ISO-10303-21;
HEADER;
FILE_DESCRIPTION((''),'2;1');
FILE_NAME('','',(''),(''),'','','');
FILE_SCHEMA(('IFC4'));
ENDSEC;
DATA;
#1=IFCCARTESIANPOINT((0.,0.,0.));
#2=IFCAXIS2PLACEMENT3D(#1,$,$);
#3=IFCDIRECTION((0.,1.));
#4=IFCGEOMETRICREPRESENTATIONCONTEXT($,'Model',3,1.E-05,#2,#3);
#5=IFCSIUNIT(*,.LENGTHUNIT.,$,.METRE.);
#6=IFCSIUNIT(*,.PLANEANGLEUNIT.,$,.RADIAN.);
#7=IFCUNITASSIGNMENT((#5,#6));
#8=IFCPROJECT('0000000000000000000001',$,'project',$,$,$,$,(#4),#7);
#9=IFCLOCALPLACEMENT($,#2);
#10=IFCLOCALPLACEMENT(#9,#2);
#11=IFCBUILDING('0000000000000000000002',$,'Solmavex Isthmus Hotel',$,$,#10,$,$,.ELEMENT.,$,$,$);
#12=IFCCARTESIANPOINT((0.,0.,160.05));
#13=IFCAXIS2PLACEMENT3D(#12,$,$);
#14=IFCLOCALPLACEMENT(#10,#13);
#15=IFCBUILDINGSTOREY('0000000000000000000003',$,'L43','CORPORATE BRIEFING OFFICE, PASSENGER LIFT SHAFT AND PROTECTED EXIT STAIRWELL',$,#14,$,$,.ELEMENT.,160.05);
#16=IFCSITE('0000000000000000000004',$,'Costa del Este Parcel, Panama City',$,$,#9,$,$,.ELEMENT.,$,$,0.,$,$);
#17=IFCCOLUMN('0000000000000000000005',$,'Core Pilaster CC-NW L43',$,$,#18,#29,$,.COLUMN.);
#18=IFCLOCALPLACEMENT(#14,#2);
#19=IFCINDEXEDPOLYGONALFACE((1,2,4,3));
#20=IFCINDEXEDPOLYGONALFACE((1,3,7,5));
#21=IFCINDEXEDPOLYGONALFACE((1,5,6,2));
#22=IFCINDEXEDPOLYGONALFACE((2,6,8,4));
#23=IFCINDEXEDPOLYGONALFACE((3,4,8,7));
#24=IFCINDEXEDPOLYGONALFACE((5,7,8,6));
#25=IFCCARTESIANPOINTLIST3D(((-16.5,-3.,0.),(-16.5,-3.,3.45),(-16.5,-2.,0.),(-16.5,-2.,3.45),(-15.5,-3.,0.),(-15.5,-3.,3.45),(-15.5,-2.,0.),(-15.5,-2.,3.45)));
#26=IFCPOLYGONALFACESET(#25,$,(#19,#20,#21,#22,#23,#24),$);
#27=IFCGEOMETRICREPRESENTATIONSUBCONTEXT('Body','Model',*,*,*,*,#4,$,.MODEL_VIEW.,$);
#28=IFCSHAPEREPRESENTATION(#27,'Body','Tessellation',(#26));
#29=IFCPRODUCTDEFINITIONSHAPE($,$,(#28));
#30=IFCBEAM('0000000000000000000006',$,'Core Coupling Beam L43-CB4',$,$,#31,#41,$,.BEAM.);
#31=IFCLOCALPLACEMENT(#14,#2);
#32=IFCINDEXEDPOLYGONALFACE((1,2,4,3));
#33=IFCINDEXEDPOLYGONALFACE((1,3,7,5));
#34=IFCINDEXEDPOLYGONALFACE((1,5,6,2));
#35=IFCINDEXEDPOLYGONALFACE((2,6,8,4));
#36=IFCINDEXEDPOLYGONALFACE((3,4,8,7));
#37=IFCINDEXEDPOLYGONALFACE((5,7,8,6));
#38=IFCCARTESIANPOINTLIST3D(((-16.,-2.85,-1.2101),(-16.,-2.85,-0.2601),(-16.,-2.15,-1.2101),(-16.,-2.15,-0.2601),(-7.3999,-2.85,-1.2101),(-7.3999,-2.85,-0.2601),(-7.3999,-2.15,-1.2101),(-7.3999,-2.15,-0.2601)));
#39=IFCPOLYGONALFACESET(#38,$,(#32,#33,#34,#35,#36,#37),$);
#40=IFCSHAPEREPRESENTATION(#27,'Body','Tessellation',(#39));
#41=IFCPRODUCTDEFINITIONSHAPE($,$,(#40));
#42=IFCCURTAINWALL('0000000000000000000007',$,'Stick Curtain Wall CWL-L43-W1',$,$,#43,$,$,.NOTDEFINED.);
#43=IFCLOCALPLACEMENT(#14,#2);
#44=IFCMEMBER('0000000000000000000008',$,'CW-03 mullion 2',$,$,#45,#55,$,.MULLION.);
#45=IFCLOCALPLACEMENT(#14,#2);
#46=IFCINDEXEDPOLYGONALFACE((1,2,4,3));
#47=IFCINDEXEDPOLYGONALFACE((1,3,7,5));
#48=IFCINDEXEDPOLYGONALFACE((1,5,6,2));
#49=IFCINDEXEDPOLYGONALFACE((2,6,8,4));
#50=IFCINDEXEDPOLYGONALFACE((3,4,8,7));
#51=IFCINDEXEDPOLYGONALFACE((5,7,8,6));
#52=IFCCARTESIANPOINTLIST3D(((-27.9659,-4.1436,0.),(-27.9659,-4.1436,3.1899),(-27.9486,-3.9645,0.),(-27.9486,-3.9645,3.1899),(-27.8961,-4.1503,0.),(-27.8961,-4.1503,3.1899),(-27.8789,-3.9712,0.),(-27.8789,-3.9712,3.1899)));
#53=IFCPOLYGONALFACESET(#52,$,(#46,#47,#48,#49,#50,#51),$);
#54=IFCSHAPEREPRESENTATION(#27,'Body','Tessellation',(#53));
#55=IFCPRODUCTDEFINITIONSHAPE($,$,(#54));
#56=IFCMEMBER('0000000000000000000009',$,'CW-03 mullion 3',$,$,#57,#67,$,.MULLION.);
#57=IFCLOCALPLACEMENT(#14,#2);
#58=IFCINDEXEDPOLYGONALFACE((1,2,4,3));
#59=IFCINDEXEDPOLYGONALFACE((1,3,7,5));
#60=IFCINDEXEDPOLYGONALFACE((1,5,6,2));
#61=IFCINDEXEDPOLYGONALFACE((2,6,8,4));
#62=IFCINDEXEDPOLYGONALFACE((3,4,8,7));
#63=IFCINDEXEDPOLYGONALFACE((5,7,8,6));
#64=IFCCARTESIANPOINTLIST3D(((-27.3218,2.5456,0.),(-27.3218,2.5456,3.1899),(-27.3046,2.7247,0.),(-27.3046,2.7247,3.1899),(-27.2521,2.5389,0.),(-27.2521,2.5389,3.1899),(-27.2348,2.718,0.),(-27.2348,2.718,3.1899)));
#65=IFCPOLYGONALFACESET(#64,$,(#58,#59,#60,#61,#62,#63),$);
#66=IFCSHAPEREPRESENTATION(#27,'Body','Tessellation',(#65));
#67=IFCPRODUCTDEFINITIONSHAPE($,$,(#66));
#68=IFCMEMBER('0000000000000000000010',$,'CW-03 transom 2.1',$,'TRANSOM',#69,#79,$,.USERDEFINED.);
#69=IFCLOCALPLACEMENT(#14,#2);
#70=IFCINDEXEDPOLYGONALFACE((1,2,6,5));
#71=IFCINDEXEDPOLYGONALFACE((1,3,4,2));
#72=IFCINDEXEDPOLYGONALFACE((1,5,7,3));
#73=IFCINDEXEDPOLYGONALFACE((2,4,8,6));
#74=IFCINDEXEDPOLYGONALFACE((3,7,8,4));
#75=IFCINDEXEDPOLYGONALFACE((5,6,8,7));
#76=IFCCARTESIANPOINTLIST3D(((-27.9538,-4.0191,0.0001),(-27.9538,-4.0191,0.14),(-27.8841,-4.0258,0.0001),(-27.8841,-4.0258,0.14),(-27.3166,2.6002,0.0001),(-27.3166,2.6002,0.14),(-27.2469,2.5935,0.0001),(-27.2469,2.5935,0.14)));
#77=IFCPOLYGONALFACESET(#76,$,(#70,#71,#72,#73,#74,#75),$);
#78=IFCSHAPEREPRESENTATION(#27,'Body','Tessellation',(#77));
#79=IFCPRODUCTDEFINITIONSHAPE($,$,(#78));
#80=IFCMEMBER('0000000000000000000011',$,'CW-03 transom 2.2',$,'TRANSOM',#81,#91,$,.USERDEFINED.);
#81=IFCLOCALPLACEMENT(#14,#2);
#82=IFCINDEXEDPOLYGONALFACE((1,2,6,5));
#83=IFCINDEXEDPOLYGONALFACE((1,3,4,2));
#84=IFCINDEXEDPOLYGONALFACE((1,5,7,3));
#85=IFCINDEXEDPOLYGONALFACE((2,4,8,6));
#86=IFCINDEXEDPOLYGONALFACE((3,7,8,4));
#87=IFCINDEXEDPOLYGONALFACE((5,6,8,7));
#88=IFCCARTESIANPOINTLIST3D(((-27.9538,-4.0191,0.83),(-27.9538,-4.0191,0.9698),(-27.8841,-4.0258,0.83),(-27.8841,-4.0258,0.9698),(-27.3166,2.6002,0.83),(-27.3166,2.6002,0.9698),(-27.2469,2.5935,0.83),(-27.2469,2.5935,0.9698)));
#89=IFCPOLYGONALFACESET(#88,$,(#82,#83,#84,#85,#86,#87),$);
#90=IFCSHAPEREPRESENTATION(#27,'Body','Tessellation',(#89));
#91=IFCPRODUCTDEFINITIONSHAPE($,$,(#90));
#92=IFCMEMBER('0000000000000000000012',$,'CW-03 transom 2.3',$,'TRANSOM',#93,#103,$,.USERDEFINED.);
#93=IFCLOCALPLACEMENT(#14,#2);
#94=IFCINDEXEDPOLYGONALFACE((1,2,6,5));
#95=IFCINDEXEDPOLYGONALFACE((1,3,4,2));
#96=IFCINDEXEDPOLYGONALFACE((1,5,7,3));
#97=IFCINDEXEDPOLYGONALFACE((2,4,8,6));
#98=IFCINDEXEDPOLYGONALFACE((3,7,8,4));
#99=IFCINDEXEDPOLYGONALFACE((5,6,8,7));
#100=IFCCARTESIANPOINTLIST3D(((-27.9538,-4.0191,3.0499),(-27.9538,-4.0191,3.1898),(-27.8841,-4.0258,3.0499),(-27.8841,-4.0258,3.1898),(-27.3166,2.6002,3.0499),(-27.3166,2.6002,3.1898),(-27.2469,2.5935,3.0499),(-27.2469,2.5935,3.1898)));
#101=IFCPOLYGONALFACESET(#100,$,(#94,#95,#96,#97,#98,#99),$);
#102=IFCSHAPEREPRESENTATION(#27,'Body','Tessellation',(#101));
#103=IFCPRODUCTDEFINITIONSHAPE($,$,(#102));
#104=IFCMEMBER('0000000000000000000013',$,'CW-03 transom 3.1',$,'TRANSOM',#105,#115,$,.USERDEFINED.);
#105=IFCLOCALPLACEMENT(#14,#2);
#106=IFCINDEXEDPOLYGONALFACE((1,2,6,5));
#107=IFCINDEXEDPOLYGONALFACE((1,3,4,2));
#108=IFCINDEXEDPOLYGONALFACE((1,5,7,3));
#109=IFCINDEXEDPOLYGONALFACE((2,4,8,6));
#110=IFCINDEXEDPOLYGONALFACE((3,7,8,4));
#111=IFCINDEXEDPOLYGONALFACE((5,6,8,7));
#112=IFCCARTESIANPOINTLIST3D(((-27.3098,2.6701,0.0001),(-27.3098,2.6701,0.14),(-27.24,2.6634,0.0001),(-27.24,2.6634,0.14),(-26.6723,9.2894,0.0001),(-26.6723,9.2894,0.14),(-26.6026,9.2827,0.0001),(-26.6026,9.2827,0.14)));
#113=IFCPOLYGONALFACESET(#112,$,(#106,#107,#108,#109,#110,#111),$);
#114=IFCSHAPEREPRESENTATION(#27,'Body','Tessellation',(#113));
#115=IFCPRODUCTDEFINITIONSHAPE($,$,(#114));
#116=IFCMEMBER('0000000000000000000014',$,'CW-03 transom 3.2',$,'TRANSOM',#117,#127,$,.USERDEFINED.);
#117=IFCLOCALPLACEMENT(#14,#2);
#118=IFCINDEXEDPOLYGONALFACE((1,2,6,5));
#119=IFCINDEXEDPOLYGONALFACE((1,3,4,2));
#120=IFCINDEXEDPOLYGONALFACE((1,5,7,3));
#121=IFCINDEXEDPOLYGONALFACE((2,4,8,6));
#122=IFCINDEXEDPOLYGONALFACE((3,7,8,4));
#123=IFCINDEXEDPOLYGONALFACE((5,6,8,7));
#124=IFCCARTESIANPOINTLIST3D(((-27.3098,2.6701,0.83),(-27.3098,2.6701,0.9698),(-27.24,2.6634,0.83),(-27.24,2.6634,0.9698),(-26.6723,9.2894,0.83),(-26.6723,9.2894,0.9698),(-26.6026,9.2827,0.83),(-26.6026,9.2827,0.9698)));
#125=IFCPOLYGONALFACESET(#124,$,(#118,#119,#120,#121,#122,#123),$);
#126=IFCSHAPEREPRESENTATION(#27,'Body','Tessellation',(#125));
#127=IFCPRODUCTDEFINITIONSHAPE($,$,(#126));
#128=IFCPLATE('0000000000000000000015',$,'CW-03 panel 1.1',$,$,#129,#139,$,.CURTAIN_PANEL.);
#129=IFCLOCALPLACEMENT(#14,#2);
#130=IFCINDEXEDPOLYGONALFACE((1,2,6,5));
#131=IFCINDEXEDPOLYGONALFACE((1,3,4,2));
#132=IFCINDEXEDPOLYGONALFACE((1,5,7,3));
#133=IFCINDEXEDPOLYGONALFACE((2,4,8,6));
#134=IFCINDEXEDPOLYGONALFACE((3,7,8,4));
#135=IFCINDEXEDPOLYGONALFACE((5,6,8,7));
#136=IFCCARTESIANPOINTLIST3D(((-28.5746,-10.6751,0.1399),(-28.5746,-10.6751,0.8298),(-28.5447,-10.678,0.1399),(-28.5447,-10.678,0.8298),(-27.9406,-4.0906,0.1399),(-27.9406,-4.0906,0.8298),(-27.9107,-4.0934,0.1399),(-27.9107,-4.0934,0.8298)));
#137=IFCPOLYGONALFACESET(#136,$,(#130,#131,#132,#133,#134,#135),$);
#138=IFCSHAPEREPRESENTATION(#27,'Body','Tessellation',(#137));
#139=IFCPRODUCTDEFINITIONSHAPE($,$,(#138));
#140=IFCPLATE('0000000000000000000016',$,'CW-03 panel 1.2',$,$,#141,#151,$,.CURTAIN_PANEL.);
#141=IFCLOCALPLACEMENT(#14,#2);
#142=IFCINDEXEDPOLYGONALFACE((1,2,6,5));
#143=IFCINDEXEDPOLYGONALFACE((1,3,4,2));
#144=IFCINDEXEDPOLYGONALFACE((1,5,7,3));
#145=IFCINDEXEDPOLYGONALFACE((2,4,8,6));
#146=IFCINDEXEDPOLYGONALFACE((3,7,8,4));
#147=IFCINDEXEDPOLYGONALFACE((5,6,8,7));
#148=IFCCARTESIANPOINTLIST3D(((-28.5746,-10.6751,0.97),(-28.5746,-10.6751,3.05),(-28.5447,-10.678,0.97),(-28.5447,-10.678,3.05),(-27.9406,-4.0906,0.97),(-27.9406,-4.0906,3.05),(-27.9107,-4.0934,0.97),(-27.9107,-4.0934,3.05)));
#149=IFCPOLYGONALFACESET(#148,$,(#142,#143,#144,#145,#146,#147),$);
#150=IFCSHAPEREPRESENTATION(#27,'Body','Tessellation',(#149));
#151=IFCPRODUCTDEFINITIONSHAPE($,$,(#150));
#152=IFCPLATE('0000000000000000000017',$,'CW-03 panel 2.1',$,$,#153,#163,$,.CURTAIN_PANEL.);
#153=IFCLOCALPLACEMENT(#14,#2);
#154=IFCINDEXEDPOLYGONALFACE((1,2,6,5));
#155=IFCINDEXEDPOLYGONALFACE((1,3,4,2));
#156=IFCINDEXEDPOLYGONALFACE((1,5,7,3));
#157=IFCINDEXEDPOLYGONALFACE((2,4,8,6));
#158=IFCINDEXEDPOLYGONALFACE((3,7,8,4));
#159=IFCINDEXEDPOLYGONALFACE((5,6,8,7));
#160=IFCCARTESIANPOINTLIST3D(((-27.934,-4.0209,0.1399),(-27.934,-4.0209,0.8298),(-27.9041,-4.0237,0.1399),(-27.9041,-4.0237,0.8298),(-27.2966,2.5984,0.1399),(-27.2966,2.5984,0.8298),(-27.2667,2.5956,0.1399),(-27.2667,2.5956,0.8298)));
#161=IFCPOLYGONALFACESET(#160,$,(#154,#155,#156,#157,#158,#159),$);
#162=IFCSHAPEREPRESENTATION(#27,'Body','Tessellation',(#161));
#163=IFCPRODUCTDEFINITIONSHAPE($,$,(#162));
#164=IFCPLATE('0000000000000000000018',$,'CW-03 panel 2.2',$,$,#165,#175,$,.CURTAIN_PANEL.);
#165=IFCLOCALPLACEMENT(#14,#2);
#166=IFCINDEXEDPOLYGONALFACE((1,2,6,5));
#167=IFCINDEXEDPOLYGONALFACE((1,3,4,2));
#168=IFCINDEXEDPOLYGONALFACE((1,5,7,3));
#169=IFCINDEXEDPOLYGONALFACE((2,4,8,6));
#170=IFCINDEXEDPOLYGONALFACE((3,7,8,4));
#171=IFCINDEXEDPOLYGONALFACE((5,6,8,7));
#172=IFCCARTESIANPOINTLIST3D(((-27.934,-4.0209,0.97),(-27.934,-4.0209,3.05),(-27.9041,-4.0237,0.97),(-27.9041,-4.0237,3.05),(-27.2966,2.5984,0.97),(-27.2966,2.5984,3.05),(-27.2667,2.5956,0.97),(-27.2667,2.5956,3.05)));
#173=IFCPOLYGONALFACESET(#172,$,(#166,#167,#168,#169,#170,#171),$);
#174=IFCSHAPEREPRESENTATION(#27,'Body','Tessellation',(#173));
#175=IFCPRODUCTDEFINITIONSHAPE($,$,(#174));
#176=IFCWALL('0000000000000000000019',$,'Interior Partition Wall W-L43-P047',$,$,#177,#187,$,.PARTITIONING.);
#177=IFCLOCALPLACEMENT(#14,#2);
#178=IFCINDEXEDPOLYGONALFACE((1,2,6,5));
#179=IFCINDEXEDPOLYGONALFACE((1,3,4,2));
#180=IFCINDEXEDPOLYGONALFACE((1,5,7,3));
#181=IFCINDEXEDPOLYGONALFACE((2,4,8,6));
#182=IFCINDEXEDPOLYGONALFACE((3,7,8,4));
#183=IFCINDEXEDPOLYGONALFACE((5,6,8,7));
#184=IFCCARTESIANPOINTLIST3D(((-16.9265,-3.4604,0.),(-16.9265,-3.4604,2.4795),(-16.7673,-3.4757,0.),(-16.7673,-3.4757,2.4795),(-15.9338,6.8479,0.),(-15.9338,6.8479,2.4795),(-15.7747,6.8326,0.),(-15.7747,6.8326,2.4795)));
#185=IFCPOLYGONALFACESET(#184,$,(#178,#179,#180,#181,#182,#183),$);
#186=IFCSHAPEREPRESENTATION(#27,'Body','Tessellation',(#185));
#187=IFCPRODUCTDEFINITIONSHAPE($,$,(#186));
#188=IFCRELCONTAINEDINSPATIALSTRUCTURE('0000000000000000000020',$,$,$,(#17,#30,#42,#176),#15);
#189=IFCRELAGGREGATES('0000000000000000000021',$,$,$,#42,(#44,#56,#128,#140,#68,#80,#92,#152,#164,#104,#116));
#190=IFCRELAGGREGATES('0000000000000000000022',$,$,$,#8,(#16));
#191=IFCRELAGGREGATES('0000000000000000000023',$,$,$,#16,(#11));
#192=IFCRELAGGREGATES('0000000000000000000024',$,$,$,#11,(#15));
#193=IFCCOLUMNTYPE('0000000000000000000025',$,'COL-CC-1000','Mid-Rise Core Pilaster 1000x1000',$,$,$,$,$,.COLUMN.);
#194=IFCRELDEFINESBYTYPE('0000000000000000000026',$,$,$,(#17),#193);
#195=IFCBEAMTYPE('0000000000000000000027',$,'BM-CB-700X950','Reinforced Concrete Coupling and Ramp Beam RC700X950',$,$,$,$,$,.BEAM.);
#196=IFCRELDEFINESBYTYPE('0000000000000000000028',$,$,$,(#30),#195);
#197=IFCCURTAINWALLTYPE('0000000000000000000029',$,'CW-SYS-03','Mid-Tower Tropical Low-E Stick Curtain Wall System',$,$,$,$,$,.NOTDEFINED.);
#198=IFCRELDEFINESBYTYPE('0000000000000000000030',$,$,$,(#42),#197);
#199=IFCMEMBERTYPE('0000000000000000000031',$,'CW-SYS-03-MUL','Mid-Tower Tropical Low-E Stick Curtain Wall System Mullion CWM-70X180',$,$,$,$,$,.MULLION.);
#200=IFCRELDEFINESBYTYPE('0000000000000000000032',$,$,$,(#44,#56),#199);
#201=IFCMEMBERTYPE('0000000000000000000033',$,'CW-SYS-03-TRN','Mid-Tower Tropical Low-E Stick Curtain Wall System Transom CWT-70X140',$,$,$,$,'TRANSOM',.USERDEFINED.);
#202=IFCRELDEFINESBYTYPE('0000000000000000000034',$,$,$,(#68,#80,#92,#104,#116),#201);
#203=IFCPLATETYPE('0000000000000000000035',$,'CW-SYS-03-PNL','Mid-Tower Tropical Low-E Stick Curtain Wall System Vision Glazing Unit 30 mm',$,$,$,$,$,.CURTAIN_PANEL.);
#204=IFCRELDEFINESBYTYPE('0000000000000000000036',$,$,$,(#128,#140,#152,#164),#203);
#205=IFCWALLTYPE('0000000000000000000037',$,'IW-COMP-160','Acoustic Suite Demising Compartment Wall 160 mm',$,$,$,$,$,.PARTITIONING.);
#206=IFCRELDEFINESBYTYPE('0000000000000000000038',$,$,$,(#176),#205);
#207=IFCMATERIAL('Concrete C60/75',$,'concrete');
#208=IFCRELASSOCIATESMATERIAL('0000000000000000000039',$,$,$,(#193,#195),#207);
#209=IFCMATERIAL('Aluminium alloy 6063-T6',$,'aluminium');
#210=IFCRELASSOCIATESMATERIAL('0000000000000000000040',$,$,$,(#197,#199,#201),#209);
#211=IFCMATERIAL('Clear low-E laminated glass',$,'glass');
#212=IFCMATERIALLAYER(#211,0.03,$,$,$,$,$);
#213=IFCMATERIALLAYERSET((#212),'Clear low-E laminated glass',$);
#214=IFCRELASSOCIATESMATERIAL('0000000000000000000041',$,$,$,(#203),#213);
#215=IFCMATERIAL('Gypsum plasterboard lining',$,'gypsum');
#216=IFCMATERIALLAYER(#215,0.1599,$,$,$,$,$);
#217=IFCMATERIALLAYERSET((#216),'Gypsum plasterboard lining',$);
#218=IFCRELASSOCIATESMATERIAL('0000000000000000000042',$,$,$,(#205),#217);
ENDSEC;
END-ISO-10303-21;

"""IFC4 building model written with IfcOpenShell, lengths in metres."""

from ifc_helpers import new_model, si_unit, direction, frame, frame_2d, origin, origin_2d, place, context, subcontext, project, spatial, rectangle, extrude, material, layer, layer_set, material_profile, profile_set, type_object, element, aggregate, save


model = new_model("IFC4")

# Units and contexts
model_context = context("Model", 3, precision=1e-05, world=origin(), true_north=direction((0.0, 1.0)))
body_context = subcontext(model_context, "Body", "Model", "MODEL_VIEW")
ifc_project = project(units=[si_unit("LENGTHUNIT", "METRE"), si_unit("PLANEANGLEUNIT", "RADIAN")], contexts=[model_context])

# Site, building, storey
site_placement = place(None, origin())
site = spatial("IfcSite", under=ifc_project, at=site_placement, Name="Costa del Este Parcel, Panama City", CompositionType="ELEMENT", RefElevation=0.0)
building_placement = place(site_placement, origin())
building = spatial("IfcBuilding", under=site, at=building_placement, Name="Solmavex Isthmus Hotel", CompositionType="ELEMENT")
storey_placement = place(building_placement, frame((0.0, 0.0, 160.05)))
storey = spatial("IfcBuildingStorey", under=building, at=storey_placement, Name="L43", Description="CORPORATE BRIEFING OFFICE, PASSENGER LIFT SHAFT AND PROTECTED EXIT STAIRWELL", CompositionType="ELEMENT", Elevation=160.05)

# Column
ifc_material_1 = material(Name="Concrete C60/75", Category="concrete")
ifc_material_profile_1 = material_profile(ifc_material_1, rectangle(XDim=1.0, YDim=1.0, at=origin_2d()), Name="RC1000X1000")
ifc_profile_set_1 = profile_set([ifc_material_profile_1], Name="Concrete C60/75")
column_type = type_object("IfcColumnType", Name="COL-CC-1000", Description="Mid-Rise Core Pilaster 1000x1000", PredefinedType="COLUMN", material=ifc_profile_set_1)
column_placement = place(storey_placement, frame((-16.0, -2.5, 0.0), z_axis=(0.0, 0.0, 1.0), x_axis=(1.0, 0.0, 0.0)))
element("IfcColumn", 1, at=column_placement, inside=storey, type_object=column_type, Name="Core Pilaster CC-NW L43", PredefinedType="COLUMN", context=body_context, shape_type="SweptSolid", body=[
    extrude(rectangle(XDim=1.0, YDim=1.0, at=origin_2d()), origin(), (0.0, 0.0, 1.0), 3.45),
])

# Beam
ifc_material_profile_2 = material_profile(ifc_material_1, rectangle(XDim=0.7, YDim=0.95, at=origin_2d()), Name="RC700X950")
ifc_profile_set_2 = profile_set([ifc_material_profile_2], Name="Concrete C60/75")
beam_type = type_object("IfcBeamType", Name="BM-CB-700X950", Description="Reinforced Concrete Coupling and Ramp Beam RC700X950", PredefinedType="BEAM", material=ifc_profile_set_2)
beam_placement = place(storey_placement, frame((-16.0, -2.5, -0.7351), z_axis=(1.0, 0.0, 0.0), x_axis=(0.0, 1.0, 0.0)))
element("IfcBeam", 2, at=beam_placement, inside=storey, type_object=beam_type, Name="Core Coupling Beam L43-CB4", PredefinedType="BEAM", context=body_context, shape_type="SweptSolid", body=[
    extrude(rectangle(XDim=0.7, YDim=0.95, at=origin_2d()), origin(), (0.0, 0.0, 1.0), 8.6001),
])

# Curtain wall, members, plates
ifc_material_2 = material(Name="Aluminium alloy 6063-T6", Category="aluminium")
curtain_wall_type = type_object("IfcCurtainWallType", Name="CW-SYS-03", Description="Mid-Tower Tropical Low-E Stick Curtain Wall System", PredefinedType="NOTDEFINED", material=ifc_material_2)
curtain_wall_placement = place(storey_placement, origin())
curtain_wall = element("IfcCurtainWall", 3, at=curtain_wall_placement, inside=storey, type_object=curtain_wall_type, Name="Stick Curtain Wall CWL-L43-W1", PredefinedType="NOTDEFINED")
ifc_material_profile_3 = material_profile(ifc_material_2, rectangle(XDim=0.0701, YDim=0.1799, at=origin_2d()), Name="CWM-70X180")
ifc_profile_set_3 = profile_set([ifc_material_profile_3], Name="Aluminium alloy 6063-T6")
member_type_1 = type_object("IfcMemberType", Name="CW-SYS-03-MUL", Description="Mid-Tower Tropical Low-E Stick Curtain Wall System Mullion CWM-70X180", PredefinedType="MULLION", material=ifc_profile_set_3)
member_1_placement = place(storey_placement, frame((-27.9224, -4.0574, 0.0), z_axis=(0.0, 0.0, 1.0), x_axis=(-0.995396, 0.095846, 0.0)))
member_1 = element("IfcMember", 4, at=member_1_placement, type_object=member_type_1, Name="CW-03 mullion 2", PredefinedType="MULLION", context=body_context, shape_type="SweptSolid", body=[
    extrude(rectangle(XDim=0.0701, YDim=0.1799, at=origin_2d()), origin(), (0.0, 0.0, 1.0), 3.1899),
])
member_2_placement = place(storey_placement, frame((-27.2783, 2.6318, 0.0), z_axis=(0.0, 0.0, 1.0), x_axis=(-0.995396, 0.095846, 0.0)))
member_2 = element("IfcMember", 5, at=member_2_placement, type_object=member_type_1, Name="CW-03 mullion 3", PredefinedType="MULLION", context=body_context, shape_type="SweptSolid", body=[
    extrude(rectangle(XDim=0.0701, YDim=0.1799, at=origin_2d()), origin(), (0.0, 0.0, 1.0), 3.1899),
])
ifc_material_profile_4 = material_profile(ifc_material_2, rectangle(XDim=0.0701, YDim=0.1399, at=origin_2d()), Name="CWT-70X140")
ifc_profile_set_4 = profile_set([ifc_material_profile_4], Name="Aluminium alloy 6063-T6")
member_type_2 = type_object("IfcMemberType", Name="CW-SYS-03-TRN", Description="Mid-Tower Tropical Low-E Stick Curtain Wall System Transom CWT-70X140", ElementType="TRANSOM", PredefinedType="USERDEFINED", material=ifc_profile_set_4)
member_3_placement = place(storey_placement, frame((-27.9189, -4.0225, 0.0701), z_axis=(0.095821, 0.995399, 0.0), x_axis=(-0.995399, 0.095821, 0.0)))
member_3 = element("IfcMember", 6, at=member_3_placement, type_object=member_type_2, Name="CW-03 transom 2.1", ObjectType="TRANSOM", PredefinedType="USERDEFINED", context=body_context, shape_type="SweptSolid", body=[
    extrude(rectangle(XDim=0.0701, YDim=0.1399, at=origin_2d()), origin(), (0.0, 0.0, 1.0), 6.6499),
])
member_4_placement = place(storey_placement, frame((-27.9189, -4.0225, 0.8999), z_axis=(0.095821, 0.995399, 0.0), x_axis=(-0.995399, 0.095821, 0.0)))
member_4 = element("IfcMember", 7, at=member_4_placement, type_object=member_type_2, Name="CW-03 transom 2.2", ObjectType="TRANSOM", PredefinedType="USERDEFINED", context=body_context, shape_type="SweptSolid", body=[
    extrude(rectangle(XDim=0.0701, YDim=0.1399, at=origin_2d()), origin(), (0.0, 0.0, 1.0), 6.6499),
])
member_5_placement = place(storey_placement, frame((-27.9189, -4.0225, 3.1199), z_axis=(0.095821, 0.995399, 0.0), x_axis=(-0.995399, 0.095821, 0.0)))
member_5 = element("IfcMember", 8, at=member_5_placement, type_object=member_type_2, Name="CW-03 transom 2.3", ObjectType="TRANSOM", PredefinedType="USERDEFINED", context=body_context, shape_type="SweptSolid", body=[
    extrude(rectangle(XDim=0.0701, YDim=0.1399, at=origin_2d()), origin(), (0.0, 0.0, 1.0), 6.6499),
])
member_6_placement = place(storey_placement, frame((-27.2749, 2.6667, 0.0701), z_axis=(0.095857, 0.995395, 0.0), x_axis=(-0.995395, 0.095857, 0.0)))
member_6 = element("IfcMember", 9, at=member_6_placement, type_object=member_type_2, Name="CW-03 transom 3.1", ObjectType="TRANSOM", PredefinedType="USERDEFINED", context=body_context, shape_type="SweptSolid", body=[
    extrude(rectangle(XDim=0.0701, YDim=0.1399, at=origin_2d()), origin(), (0.0, 0.0, 1.0), 6.6499),
])
member_7_placement = place(storey_placement, frame((-27.2749, 2.6667, 0.8999), z_axis=(0.095857, 0.995395, 0.0), x_axis=(-0.995395, 0.095857, 0.0)))
member_7 = element("IfcMember", 10, at=member_7_placement, type_object=member_type_2, Name="CW-03 transom 3.2", ObjectType="TRANSOM", PredefinedType="USERDEFINED", context=body_context, shape_type="SweptSolid", body=[
    extrude(rectangle(XDim=0.0701, YDim=0.1399, at=origin_2d()), origin(), (0.0, 0.0, 1.0), 6.6499),
])
ifc_material_3 = material(Name="Clear low-E laminated glass", Category="glass")
ifc_layer_1 = layer(ifc_material_3, 0.03)
ifc_layer_set_1 = layer_set([ifc_layer_1], Name="Clear low-E laminated glass")
plate_type = type_object("IfcPlateType", Name="CW-SYS-03-PNL", Description="Mid-Tower Tropical Low-E Stick Curtain Wall System Vision Glazing Unit 30 mm", PredefinedType="CURTAIN_PANEL", material=ifc_layer_set_1)
plate_1_placement = place(storey_placement, frame((-28.2427, -7.3843, 0.1399), z_axis=(0.0, 0.0, 1.0), x_axis=(0.095846, 0.995396, 0.0)))
plate_1 = element("IfcPlate", 11, at=plate_1_placement, type_object=plate_type, Name="CW-03 panel 1.1", PredefinedType="CURTAIN_PANEL", context=body_context, shape_type="SweptSolid", body=[
    extrude(rectangle(XDim=6.615, YDim=0.03, at=origin_2d()), origin(), (0.0, 0.0, 1.0), 0.6899),
])
plate_2_placement = place(storey_placement, frame((-28.2427, -7.3843, 0.97), z_axis=(0.0, 0.0, 1.0), x_axis=(0.095846, 0.995396, 0.0)))
plate_2 = element("IfcPlate", 12, at=plate_2_placement, type_object=plate_type, Name="CW-03 panel 1.2", PredefinedType="CURTAIN_PANEL", context=body_context, shape_type="SweptSolid", body=[
    extrude(rectangle(XDim=6.615, YDim=0.03, at=origin_2d()), origin(), (0.0, 0.0, 1.0), 2.0801),
])
plate_3_placement = place(storey_placement, frame((-27.6003, -0.7126, 0.1399), z_axis=(0.0, 0.0, 1.0), x_axis=(0.095846, 0.995396, 0.0)))
plate_3 = element("IfcPlate", 13, at=plate_3_placement, type_object=plate_type, Name="CW-03 panel 2.1", PredefinedType="CURTAIN_PANEL", context=body_context, shape_type="SweptSolid", body=[
    extrude(rectangle(XDim=6.6499, YDim=0.03, at=origin_2d()), origin(), (0.0, 0.0, 1.0), 0.6899),
])
plate_4_placement = place(storey_placement, frame((-27.6003, -0.7126, 0.97), z_axis=(0.0, 0.0, 1.0), x_axis=(0.095846, 0.995396, 0.0)))
plate_4 = element("IfcPlate", 14, at=plate_4_placement, type_object=plate_type, Name="CW-03 panel 2.2", PredefinedType="CURTAIN_PANEL", context=body_context, shape_type="SweptSolid", body=[
    extrude(rectangle(XDim=6.6499, YDim=0.03, at=origin_2d()), origin(), (0.0, 0.0, 1.0), 2.0801),
])
aggregate(curtain_wall, [member_1, member_2, plate_1, plate_2, member_3, member_4, member_5, plate_3, plate_4, member_6, member_7])

# Wall
ifc_material_4 = material(Name="Gypsum plasterboard lining", Category="gypsum")
ifc_layer_2 = layer(ifc_material_4, 0.1599)
ifc_layer_set_2 = layer_set([ifc_layer_2], Name="Gypsum plasterboard lining")
wall_type_1 = type_object("IfcWallType", Name="IW-COMP-160", Description="Acoustic Suite Demising Compartment Wall 160 mm", PredefinedType="PARTITIONING", material=ifc_layer_set_2)
wall_1_placement = place(storey_placement, frame((-16.8469, -3.468, 0.0), z_axis=(0.0, 0.0, 1.0), x_axis=(0.095855, 0.995395, 0.0)))
element("IfcWall", 15, at=wall_1_placement, inside=storey, type_object=wall_type_1, Name="Interior Partition Wall W-L43-P047", PredefinedType="PARTITIONING", context=body_context, shape_type="SweptSolid", body=[
    extrude(rectangle(XDim=10.356, YDim=0.1599, at=frame_2d((5.178, 0.0))), origin(), (0.0, 0.0, 1.0), 2.4795),
])

save(model, "model.ifc")
